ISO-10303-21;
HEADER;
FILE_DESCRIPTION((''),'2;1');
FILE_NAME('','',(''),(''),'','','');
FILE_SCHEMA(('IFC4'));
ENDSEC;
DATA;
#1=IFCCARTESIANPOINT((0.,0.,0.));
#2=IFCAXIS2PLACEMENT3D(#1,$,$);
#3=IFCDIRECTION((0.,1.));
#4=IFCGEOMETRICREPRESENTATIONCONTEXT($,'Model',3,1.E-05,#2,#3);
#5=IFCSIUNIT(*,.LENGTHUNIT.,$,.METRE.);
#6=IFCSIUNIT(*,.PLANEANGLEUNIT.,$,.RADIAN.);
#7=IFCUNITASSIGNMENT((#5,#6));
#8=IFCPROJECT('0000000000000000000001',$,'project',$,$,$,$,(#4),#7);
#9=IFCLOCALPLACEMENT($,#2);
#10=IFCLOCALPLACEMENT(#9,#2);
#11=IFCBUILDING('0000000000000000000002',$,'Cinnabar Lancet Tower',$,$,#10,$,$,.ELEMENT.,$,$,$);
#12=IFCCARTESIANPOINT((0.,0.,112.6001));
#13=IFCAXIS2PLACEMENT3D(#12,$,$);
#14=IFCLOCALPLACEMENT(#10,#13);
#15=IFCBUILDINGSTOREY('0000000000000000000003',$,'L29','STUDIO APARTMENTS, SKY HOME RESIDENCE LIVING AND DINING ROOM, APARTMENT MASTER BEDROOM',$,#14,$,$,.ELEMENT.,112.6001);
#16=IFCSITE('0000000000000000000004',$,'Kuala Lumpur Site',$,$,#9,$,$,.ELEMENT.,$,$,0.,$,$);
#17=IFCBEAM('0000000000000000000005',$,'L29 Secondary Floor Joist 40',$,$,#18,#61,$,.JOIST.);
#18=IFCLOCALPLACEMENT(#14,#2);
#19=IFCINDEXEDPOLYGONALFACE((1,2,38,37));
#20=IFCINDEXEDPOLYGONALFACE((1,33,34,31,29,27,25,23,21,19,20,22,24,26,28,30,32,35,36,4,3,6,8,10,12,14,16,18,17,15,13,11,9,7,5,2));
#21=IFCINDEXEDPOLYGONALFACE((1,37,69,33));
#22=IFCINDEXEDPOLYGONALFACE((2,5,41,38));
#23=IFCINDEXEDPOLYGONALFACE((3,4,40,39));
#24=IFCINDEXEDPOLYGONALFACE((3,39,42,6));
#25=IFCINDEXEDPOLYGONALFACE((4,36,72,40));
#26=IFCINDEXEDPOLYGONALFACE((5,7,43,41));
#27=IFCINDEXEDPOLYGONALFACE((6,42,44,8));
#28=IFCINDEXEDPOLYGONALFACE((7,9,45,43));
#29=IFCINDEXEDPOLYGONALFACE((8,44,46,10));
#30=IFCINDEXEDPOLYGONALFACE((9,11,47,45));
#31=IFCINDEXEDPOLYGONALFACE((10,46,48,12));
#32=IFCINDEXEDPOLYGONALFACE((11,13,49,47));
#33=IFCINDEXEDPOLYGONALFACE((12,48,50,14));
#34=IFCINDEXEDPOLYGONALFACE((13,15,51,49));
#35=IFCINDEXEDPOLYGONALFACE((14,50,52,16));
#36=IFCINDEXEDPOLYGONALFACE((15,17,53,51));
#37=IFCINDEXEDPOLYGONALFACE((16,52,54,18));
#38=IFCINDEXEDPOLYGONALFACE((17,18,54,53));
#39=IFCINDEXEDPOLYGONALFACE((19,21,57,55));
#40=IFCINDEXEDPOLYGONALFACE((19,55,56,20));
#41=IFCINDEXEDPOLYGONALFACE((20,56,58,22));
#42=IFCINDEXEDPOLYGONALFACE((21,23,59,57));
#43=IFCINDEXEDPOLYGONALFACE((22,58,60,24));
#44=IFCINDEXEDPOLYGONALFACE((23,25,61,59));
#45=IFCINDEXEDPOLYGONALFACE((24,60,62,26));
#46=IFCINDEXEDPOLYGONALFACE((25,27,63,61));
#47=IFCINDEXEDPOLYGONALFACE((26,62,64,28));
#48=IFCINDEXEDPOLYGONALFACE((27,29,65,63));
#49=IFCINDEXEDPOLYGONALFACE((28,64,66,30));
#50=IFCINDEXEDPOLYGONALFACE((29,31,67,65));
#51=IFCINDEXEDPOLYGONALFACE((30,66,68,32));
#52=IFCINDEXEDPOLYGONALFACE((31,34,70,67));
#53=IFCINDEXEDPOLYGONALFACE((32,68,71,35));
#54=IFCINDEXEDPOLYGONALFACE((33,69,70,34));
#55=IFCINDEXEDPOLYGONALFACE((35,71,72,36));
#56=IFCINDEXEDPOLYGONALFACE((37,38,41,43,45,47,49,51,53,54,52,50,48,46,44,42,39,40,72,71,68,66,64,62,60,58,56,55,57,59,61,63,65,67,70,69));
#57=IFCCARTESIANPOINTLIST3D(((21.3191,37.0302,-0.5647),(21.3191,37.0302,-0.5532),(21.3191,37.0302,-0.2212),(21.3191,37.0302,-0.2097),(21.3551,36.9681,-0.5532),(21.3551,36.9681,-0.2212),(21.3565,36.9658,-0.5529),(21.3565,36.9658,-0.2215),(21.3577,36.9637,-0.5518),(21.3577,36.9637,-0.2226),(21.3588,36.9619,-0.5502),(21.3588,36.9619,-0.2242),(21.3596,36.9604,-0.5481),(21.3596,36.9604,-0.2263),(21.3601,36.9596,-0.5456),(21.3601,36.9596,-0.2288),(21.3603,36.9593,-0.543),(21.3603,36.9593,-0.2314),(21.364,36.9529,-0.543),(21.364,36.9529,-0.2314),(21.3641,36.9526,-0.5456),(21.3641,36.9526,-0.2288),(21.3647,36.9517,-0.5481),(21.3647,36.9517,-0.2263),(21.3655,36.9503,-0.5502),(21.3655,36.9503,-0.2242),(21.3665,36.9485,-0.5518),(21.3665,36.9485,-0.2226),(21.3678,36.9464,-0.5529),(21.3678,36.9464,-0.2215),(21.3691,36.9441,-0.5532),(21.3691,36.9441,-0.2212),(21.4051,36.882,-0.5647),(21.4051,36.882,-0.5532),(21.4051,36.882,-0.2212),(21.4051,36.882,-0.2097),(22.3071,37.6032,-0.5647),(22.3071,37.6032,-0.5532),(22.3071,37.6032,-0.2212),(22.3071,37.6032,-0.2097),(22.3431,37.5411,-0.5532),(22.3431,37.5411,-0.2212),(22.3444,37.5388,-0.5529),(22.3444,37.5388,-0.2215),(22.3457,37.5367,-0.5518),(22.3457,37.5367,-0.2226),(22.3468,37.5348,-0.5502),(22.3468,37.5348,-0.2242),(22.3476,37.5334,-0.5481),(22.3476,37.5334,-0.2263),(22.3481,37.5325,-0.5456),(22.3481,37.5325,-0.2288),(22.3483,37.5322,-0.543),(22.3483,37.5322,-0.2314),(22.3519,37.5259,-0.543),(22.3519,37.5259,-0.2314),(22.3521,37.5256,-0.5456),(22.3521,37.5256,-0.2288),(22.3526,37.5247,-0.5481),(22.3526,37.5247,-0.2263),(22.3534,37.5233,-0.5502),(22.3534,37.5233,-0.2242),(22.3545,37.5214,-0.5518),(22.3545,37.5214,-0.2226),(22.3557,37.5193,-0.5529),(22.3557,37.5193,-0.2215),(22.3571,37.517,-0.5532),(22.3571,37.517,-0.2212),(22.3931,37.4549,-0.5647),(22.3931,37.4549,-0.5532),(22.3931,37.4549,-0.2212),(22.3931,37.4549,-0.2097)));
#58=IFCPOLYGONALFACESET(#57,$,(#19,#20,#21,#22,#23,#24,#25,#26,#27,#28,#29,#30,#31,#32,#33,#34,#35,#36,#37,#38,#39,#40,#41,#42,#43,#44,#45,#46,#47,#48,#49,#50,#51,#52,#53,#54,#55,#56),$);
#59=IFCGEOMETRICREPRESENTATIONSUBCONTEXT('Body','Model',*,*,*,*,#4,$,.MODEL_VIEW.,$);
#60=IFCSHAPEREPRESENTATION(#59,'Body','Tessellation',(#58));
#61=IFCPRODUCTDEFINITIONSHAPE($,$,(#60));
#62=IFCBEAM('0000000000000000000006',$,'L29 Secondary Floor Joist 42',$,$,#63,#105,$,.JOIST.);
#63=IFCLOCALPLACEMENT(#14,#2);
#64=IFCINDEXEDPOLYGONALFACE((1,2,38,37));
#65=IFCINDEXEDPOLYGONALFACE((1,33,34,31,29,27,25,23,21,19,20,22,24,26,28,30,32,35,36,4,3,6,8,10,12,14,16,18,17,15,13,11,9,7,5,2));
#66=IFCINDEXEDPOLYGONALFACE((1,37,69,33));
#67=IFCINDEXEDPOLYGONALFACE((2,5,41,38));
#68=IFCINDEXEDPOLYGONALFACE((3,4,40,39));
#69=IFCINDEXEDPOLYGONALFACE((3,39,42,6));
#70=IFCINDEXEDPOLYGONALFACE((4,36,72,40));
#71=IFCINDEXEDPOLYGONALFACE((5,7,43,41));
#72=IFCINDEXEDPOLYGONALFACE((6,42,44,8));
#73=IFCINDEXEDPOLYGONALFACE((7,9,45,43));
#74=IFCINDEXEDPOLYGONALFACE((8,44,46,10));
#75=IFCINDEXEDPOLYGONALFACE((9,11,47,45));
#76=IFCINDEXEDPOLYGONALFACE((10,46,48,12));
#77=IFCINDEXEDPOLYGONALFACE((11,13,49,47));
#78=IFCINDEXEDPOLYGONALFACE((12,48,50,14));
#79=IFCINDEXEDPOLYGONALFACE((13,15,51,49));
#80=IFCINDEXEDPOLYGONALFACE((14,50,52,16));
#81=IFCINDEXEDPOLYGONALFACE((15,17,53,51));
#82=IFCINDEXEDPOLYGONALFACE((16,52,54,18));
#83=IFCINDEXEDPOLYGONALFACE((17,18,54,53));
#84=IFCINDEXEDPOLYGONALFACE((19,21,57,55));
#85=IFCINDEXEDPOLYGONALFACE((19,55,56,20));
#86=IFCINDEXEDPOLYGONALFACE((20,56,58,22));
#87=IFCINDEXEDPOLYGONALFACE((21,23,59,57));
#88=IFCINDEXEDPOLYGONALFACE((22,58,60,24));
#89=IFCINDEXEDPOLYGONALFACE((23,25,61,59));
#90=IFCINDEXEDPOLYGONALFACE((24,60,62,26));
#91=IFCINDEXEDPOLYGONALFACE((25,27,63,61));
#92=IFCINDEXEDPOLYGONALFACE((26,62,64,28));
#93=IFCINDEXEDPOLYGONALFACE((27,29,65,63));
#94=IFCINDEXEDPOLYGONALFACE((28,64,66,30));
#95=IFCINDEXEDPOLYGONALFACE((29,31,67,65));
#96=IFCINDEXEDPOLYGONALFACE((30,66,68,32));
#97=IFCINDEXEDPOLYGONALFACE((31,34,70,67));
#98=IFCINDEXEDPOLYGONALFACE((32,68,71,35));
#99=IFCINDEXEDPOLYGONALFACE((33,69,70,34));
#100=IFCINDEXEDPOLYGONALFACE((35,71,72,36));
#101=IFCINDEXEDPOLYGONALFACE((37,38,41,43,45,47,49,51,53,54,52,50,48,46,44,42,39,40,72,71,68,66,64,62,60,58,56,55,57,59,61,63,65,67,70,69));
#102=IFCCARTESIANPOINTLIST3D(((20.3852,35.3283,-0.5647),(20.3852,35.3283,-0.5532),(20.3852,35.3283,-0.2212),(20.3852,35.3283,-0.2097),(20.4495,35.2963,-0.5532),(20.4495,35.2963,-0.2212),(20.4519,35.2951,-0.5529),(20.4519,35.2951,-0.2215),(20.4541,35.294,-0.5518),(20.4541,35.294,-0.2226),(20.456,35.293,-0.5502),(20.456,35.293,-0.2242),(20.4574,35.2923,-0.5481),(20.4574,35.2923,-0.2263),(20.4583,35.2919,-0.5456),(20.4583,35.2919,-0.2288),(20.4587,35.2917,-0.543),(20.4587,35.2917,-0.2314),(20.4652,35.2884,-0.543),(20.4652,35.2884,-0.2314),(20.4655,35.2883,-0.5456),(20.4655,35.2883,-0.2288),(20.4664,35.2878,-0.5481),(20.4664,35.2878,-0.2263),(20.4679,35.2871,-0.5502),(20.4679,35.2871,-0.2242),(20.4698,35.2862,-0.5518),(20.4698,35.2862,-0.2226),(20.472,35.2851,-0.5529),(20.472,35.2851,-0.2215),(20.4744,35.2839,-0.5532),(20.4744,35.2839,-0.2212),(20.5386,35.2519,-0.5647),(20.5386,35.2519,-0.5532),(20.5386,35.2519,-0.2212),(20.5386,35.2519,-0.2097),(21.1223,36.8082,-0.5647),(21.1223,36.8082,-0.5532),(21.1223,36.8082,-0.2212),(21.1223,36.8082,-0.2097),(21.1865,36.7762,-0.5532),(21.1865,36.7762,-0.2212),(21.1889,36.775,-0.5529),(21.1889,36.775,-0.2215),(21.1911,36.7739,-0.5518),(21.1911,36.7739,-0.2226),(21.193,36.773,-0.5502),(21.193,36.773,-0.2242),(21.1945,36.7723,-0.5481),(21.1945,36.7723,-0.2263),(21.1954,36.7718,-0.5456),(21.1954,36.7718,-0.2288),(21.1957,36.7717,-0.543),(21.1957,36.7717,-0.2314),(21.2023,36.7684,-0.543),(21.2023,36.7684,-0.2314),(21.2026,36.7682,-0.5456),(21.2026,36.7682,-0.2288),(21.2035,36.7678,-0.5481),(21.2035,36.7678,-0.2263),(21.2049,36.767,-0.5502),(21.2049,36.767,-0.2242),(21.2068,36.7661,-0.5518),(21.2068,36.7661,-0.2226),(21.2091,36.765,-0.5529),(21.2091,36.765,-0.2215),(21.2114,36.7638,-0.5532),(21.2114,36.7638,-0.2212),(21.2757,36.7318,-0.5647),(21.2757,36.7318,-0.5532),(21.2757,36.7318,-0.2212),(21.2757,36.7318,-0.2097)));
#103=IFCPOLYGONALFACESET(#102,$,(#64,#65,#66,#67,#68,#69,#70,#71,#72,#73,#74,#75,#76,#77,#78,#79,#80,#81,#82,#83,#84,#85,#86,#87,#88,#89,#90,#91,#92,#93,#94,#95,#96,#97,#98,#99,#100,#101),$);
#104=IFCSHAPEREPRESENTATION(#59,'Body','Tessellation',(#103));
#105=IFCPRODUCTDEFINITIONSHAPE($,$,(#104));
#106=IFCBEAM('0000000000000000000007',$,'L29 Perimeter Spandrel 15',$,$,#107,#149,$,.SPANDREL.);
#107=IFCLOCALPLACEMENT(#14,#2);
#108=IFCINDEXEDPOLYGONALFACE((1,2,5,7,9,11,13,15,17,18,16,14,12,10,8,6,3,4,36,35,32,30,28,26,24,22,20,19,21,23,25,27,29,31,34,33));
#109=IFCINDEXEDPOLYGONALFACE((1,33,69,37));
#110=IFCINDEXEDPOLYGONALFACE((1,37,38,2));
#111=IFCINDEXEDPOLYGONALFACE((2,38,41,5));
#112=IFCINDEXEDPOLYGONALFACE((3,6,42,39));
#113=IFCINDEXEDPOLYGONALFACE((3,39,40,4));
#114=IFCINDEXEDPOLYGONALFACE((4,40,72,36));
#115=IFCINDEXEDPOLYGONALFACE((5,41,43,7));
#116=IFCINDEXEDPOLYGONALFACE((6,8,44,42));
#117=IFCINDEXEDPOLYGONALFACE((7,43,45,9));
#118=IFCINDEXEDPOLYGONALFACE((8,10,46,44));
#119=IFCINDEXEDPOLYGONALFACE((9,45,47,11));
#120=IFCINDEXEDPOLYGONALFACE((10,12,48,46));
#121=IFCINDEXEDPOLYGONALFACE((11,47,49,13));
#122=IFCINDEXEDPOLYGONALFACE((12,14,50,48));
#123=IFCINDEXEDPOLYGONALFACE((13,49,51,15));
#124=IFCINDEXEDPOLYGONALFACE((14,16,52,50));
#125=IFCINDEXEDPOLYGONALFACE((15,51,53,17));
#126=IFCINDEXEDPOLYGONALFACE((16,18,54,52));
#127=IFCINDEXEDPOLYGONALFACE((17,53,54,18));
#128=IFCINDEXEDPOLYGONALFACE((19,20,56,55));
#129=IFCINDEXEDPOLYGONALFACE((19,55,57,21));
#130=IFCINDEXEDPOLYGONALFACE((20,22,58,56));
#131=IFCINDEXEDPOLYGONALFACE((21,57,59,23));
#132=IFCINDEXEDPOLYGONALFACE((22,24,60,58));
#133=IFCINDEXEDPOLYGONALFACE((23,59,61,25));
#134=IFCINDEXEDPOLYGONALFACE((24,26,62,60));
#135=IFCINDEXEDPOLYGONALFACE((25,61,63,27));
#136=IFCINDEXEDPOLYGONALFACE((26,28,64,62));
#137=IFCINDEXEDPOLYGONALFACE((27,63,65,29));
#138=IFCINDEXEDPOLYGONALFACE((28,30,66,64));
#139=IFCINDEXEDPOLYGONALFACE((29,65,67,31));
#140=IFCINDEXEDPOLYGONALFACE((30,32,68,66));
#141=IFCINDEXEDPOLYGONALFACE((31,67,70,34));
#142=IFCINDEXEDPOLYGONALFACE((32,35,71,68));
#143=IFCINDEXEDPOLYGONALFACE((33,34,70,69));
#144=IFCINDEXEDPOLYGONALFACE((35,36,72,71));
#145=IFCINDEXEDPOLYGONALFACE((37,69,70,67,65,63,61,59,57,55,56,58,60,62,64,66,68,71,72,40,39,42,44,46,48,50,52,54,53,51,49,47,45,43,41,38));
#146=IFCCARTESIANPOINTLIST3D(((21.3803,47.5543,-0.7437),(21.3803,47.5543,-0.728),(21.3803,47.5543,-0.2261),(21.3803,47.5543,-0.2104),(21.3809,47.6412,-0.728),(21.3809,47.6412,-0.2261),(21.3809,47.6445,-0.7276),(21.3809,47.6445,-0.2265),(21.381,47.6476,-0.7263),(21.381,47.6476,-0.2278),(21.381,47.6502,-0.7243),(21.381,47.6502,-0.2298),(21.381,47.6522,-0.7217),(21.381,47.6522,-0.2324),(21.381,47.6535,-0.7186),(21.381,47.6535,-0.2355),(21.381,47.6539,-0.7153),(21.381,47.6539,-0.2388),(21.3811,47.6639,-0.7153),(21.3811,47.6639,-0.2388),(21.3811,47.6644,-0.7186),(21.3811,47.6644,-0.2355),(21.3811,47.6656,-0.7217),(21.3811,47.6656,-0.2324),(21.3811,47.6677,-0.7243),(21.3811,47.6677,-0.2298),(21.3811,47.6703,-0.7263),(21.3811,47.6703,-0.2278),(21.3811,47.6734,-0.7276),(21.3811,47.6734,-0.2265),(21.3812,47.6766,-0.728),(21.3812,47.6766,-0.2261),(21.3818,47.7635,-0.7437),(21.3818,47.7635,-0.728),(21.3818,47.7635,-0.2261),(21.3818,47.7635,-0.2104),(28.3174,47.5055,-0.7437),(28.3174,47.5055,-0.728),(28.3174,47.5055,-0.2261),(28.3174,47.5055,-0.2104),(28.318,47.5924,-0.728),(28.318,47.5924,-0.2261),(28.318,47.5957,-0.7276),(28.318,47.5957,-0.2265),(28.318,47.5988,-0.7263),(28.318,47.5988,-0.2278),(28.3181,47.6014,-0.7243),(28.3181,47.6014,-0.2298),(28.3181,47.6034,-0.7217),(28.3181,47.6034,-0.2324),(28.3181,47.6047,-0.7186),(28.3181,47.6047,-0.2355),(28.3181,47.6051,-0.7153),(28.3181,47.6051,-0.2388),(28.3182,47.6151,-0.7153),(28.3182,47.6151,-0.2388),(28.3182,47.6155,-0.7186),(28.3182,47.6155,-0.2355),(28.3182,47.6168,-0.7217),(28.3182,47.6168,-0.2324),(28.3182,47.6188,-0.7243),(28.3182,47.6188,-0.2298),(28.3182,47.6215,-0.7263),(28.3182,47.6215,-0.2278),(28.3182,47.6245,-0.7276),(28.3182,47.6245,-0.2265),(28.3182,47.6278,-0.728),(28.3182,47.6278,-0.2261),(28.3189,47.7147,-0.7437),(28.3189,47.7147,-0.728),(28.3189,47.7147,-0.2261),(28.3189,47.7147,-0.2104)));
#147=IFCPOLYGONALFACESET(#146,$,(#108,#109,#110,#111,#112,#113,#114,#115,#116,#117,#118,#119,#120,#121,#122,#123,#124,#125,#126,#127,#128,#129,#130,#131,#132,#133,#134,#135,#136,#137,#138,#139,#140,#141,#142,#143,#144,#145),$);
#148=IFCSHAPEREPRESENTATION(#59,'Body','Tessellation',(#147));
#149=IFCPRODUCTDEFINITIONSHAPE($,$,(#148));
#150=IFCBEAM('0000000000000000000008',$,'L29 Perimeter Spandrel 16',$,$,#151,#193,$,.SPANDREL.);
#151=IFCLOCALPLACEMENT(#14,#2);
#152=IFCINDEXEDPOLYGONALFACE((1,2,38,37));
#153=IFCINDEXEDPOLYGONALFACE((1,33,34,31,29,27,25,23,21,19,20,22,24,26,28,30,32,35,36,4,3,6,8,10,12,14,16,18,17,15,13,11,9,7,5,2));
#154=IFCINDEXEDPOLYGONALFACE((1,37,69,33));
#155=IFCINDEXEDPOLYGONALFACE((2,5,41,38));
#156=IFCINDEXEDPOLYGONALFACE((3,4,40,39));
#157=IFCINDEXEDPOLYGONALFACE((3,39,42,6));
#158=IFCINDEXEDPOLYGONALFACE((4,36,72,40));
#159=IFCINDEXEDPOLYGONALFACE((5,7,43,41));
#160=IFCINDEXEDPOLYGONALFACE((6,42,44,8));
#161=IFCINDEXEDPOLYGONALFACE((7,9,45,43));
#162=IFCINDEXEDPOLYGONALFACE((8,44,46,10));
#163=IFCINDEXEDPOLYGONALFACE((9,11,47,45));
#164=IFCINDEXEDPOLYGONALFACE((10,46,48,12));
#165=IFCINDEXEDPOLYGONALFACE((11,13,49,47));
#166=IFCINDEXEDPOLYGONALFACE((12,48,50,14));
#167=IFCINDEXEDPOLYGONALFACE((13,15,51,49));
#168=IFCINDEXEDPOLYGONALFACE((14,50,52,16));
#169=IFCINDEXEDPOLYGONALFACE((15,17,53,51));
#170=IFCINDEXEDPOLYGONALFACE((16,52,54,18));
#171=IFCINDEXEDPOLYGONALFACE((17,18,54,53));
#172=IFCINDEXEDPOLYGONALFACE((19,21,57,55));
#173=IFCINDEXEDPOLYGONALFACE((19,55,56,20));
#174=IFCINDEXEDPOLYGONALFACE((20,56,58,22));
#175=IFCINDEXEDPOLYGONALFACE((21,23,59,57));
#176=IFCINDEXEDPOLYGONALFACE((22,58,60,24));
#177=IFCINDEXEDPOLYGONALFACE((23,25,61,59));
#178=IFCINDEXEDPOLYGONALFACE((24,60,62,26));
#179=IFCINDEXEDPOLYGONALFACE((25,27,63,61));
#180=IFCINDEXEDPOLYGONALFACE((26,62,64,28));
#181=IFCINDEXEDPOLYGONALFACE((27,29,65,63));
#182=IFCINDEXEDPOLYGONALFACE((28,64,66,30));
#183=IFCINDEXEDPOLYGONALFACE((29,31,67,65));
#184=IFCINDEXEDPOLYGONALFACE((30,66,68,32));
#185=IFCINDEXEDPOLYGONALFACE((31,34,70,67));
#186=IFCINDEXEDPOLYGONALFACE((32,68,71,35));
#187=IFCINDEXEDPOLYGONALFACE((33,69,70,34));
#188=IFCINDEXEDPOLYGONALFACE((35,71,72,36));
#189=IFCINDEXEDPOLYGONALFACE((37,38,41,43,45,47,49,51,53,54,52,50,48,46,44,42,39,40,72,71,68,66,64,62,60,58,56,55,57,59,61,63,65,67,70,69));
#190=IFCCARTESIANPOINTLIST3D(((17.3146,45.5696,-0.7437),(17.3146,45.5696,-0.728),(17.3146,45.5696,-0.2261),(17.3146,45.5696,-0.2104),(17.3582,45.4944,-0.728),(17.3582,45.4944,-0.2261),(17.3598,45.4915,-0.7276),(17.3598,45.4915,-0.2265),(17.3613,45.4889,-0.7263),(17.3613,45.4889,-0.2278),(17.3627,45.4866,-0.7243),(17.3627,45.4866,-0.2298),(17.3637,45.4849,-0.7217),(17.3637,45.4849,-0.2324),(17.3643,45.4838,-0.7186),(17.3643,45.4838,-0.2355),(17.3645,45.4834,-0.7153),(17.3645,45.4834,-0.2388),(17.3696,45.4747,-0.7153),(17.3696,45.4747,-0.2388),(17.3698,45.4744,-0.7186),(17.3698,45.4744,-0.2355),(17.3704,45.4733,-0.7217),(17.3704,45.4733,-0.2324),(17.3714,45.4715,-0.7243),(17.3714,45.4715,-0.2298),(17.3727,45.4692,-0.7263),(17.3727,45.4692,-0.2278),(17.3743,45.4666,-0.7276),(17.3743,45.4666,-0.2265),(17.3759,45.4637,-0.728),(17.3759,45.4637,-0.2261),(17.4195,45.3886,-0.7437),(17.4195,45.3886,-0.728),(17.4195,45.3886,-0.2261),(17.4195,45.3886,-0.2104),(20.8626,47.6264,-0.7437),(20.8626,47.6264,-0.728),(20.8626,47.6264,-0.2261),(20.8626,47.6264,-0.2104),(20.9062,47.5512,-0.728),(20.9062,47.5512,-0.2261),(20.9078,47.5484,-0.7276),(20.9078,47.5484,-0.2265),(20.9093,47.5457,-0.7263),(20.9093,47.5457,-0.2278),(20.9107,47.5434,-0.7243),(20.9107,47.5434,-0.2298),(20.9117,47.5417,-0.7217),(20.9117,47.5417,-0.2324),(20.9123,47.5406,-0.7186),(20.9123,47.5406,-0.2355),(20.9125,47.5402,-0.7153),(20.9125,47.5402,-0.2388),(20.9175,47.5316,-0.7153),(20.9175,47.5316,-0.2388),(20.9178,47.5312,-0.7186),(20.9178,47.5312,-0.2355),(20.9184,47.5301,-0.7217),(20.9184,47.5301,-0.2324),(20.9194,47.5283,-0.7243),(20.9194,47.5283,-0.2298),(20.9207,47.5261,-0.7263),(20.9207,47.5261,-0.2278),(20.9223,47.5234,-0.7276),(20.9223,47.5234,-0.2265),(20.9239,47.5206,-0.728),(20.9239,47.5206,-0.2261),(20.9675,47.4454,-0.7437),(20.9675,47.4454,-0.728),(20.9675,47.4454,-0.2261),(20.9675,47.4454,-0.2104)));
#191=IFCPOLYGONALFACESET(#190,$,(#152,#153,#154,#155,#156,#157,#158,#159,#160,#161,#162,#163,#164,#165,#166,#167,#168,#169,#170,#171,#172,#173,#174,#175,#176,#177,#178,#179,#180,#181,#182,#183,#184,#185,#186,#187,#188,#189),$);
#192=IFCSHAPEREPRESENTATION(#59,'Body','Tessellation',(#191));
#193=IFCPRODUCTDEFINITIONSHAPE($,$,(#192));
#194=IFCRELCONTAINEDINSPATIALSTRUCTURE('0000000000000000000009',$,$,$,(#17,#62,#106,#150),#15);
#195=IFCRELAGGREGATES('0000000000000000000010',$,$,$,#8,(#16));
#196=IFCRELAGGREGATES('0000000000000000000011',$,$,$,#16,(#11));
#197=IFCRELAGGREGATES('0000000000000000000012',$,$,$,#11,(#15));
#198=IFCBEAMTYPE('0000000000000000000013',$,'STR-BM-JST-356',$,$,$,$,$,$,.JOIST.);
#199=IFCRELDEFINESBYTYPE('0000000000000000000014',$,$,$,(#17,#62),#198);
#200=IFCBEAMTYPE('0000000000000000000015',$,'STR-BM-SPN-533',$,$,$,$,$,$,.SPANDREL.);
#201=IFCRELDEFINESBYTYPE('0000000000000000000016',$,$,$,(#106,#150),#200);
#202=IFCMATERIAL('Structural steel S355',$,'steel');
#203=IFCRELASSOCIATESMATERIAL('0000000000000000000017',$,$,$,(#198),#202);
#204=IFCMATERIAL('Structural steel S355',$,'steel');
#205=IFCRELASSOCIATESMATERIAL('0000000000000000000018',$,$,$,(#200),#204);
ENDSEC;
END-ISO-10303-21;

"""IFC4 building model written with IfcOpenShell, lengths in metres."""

from ifc_helpers import new_model, si_unit, direction, frame, origin, origin_2d, place, context, subcontext, project, spatial, i_section, extrude, material, material_profile, profile_set, type_object, element, save


model = new_model("IFC4")

# Units and contexts
model_context = context("Model", 3, precision=1e-05, world=origin(), true_north=direction((0.0, 1.0)))
body_context = subcontext(model_context, "Body", "Model", "MODEL_VIEW")
ifc_project = project(units=[si_unit("LENGTHUNIT", "METRE"), si_unit("PLANEANGLEUNIT", "RADIAN")], contexts=[model_context])

# Site, building, storey
site_placement = place(None, origin())
site = spatial("IfcSite", under=ifc_project, at=site_placement, Name="Kuala Lumpur Site", CompositionType="ELEMENT", RefElevation=0.0)
building_placement = place(site_placement, origin())
building = spatial("IfcBuilding", under=site, at=building_placement, Name="Cinnabar Lancet Tower", CompositionType="ELEMENT")
storey_placement = place(building_placement, frame((0.0, 0.0, 112.6001)))
storey = spatial("IfcBuildingStorey", under=building, at=storey_placement, Name="L29", Description="STUDIO APARTMENTS, SKY HOME RESIDENCE LIVING AND DINING ROOM, APARTMENT MASTER BEDROOM", CompositionType="ELEMENT", Elevation=112.6001)

# Beams
ifc_material_1 = material(Name="Structural steel S355", Category="steel")
ifc_material_profile_1 = material_profile(ifc_material_1, i_section(OverallWidth=0.1714, OverallDepth=0.355, WebThickness=0.0073, FlangeThickness=0.0115, FilletRadius=0.0103, at=origin_2d()), Name="UKB 356x171x51")
ifc_profile_set_1 = profile_set([ifc_material_profile_1], Name="Structural steel S355")
beam_type_1 = type_object("IfcBeamType", Name="STR-BM-JST-356", PredefinedType="JOIST", material=ifc_profile_set_1)
beam_1_placement = place(storey_placement, frame((22.3501, 37.5291, -0.3872), z_axis=(-0.865055, -0.501677, 0.0), x_axis=(0.501677, -0.865055, 0.0)))
element("IfcBeam", 1, at=beam_1_placement, inside=storey, type_object=beam_type_1, Name="L29 Secondary Floor Joist 40", PredefinedType="JOIST", context=body_context, shape_type="SweptSolid", body=[
    extrude(i_section(OverallWidth=0.1714, OverallDepth=0.355, WebThickness=0.0073, FlangeThickness=0.0115, FilletRadius=0.0103, at=origin_2d()), origin(), (0.0, 0.0, 1.0), 1.1421),
])
beam_2_placement = place(storey_placement, frame((21.199, 36.77, -0.3872), z_axis=(-0.445795, -0.895135, 0.0), x_axis=(0.895135, -0.445795, 0.0)))
element("IfcBeam", 2, at=beam_2_placement, inside=storey, type_object=beam_type_1, Name="L29 Secondary Floor Joist 42", PredefinedType="JOIST", context=body_context, shape_type="SweptSolid", body=[
    extrude(i_section(OverallWidth=0.1714, OverallDepth=0.355, WebThickness=0.0073, FlangeThickness=0.0115, FilletRadius=0.0103, at=origin_2d()), origin(), (0.0, 0.0, 1.0), 1.6533),
])
ifc_material_2 = material(Name="Structural steel S355", Category="steel")
ifc_material_profile_2 = material_profile(ifc_material_2, i_section(OverallWidth=0.2092, OverallDepth=0.5332, WebThickness=0.01, FlangeThickness=0.0156, FilletRadius=0.0127, at=origin_2d()), Name="UKB 533x210x92")
ifc_profile_set_2 = profile_set([ifc_material_profile_2], Name="Structural steel S355")
beam_type_2 = type_object("IfcBeamType", Name="STR-BM-SPN-533", PredefinedType="SPANDREL", material=ifc_profile_set_2)
beam_3_placement = place(storey_placement, frame((28.3181, 47.6101, -0.4771), z_axis=(-0.999975, 0.007039, 0.0), x_axis=(-0.007039, -0.999975, 0.0)))
element("IfcBeam", 3, at=beam_3_placement, inside=storey, type_object=beam_type_2, Name="L29 Perimeter Spandrel 15", PredefinedType="SPANDREL", context=body_context, shape_type="SweptSolid", body=[
    extrude(i_section(OverallWidth=0.2092, OverallDepth=0.5332, WebThickness=0.01, FlangeThickness=0.0156, FilletRadius=0.0127, at=origin_2d()), origin(), (0.0, 0.0, 1.0), 6.9373),
])
beam_4_placement = place(storey_placement, frame((20.915, 47.5359, -0.4771), z_axis=(-0.865138, -0.501534, 0.0), x_axis=(0.501534, -0.865138, 0.0)))
element("IfcBeam", 4, at=beam_4_placement, inside=storey, type_object=beam_type_2, Name="L29 Perimeter Spandrel 16", PredefinedType="SPANDREL", context=body_context, shape_type="SweptSolid", body=[
    extrude(i_section(OverallWidth=0.2092, OverallDepth=0.5332, WebThickness=0.01, FlangeThickness=0.0156, FilletRadius=0.0127, at=origin_2d()), origin(), (0.0, 0.0, 1.0), 4.1011),
])

save(model, "model.ifc")
